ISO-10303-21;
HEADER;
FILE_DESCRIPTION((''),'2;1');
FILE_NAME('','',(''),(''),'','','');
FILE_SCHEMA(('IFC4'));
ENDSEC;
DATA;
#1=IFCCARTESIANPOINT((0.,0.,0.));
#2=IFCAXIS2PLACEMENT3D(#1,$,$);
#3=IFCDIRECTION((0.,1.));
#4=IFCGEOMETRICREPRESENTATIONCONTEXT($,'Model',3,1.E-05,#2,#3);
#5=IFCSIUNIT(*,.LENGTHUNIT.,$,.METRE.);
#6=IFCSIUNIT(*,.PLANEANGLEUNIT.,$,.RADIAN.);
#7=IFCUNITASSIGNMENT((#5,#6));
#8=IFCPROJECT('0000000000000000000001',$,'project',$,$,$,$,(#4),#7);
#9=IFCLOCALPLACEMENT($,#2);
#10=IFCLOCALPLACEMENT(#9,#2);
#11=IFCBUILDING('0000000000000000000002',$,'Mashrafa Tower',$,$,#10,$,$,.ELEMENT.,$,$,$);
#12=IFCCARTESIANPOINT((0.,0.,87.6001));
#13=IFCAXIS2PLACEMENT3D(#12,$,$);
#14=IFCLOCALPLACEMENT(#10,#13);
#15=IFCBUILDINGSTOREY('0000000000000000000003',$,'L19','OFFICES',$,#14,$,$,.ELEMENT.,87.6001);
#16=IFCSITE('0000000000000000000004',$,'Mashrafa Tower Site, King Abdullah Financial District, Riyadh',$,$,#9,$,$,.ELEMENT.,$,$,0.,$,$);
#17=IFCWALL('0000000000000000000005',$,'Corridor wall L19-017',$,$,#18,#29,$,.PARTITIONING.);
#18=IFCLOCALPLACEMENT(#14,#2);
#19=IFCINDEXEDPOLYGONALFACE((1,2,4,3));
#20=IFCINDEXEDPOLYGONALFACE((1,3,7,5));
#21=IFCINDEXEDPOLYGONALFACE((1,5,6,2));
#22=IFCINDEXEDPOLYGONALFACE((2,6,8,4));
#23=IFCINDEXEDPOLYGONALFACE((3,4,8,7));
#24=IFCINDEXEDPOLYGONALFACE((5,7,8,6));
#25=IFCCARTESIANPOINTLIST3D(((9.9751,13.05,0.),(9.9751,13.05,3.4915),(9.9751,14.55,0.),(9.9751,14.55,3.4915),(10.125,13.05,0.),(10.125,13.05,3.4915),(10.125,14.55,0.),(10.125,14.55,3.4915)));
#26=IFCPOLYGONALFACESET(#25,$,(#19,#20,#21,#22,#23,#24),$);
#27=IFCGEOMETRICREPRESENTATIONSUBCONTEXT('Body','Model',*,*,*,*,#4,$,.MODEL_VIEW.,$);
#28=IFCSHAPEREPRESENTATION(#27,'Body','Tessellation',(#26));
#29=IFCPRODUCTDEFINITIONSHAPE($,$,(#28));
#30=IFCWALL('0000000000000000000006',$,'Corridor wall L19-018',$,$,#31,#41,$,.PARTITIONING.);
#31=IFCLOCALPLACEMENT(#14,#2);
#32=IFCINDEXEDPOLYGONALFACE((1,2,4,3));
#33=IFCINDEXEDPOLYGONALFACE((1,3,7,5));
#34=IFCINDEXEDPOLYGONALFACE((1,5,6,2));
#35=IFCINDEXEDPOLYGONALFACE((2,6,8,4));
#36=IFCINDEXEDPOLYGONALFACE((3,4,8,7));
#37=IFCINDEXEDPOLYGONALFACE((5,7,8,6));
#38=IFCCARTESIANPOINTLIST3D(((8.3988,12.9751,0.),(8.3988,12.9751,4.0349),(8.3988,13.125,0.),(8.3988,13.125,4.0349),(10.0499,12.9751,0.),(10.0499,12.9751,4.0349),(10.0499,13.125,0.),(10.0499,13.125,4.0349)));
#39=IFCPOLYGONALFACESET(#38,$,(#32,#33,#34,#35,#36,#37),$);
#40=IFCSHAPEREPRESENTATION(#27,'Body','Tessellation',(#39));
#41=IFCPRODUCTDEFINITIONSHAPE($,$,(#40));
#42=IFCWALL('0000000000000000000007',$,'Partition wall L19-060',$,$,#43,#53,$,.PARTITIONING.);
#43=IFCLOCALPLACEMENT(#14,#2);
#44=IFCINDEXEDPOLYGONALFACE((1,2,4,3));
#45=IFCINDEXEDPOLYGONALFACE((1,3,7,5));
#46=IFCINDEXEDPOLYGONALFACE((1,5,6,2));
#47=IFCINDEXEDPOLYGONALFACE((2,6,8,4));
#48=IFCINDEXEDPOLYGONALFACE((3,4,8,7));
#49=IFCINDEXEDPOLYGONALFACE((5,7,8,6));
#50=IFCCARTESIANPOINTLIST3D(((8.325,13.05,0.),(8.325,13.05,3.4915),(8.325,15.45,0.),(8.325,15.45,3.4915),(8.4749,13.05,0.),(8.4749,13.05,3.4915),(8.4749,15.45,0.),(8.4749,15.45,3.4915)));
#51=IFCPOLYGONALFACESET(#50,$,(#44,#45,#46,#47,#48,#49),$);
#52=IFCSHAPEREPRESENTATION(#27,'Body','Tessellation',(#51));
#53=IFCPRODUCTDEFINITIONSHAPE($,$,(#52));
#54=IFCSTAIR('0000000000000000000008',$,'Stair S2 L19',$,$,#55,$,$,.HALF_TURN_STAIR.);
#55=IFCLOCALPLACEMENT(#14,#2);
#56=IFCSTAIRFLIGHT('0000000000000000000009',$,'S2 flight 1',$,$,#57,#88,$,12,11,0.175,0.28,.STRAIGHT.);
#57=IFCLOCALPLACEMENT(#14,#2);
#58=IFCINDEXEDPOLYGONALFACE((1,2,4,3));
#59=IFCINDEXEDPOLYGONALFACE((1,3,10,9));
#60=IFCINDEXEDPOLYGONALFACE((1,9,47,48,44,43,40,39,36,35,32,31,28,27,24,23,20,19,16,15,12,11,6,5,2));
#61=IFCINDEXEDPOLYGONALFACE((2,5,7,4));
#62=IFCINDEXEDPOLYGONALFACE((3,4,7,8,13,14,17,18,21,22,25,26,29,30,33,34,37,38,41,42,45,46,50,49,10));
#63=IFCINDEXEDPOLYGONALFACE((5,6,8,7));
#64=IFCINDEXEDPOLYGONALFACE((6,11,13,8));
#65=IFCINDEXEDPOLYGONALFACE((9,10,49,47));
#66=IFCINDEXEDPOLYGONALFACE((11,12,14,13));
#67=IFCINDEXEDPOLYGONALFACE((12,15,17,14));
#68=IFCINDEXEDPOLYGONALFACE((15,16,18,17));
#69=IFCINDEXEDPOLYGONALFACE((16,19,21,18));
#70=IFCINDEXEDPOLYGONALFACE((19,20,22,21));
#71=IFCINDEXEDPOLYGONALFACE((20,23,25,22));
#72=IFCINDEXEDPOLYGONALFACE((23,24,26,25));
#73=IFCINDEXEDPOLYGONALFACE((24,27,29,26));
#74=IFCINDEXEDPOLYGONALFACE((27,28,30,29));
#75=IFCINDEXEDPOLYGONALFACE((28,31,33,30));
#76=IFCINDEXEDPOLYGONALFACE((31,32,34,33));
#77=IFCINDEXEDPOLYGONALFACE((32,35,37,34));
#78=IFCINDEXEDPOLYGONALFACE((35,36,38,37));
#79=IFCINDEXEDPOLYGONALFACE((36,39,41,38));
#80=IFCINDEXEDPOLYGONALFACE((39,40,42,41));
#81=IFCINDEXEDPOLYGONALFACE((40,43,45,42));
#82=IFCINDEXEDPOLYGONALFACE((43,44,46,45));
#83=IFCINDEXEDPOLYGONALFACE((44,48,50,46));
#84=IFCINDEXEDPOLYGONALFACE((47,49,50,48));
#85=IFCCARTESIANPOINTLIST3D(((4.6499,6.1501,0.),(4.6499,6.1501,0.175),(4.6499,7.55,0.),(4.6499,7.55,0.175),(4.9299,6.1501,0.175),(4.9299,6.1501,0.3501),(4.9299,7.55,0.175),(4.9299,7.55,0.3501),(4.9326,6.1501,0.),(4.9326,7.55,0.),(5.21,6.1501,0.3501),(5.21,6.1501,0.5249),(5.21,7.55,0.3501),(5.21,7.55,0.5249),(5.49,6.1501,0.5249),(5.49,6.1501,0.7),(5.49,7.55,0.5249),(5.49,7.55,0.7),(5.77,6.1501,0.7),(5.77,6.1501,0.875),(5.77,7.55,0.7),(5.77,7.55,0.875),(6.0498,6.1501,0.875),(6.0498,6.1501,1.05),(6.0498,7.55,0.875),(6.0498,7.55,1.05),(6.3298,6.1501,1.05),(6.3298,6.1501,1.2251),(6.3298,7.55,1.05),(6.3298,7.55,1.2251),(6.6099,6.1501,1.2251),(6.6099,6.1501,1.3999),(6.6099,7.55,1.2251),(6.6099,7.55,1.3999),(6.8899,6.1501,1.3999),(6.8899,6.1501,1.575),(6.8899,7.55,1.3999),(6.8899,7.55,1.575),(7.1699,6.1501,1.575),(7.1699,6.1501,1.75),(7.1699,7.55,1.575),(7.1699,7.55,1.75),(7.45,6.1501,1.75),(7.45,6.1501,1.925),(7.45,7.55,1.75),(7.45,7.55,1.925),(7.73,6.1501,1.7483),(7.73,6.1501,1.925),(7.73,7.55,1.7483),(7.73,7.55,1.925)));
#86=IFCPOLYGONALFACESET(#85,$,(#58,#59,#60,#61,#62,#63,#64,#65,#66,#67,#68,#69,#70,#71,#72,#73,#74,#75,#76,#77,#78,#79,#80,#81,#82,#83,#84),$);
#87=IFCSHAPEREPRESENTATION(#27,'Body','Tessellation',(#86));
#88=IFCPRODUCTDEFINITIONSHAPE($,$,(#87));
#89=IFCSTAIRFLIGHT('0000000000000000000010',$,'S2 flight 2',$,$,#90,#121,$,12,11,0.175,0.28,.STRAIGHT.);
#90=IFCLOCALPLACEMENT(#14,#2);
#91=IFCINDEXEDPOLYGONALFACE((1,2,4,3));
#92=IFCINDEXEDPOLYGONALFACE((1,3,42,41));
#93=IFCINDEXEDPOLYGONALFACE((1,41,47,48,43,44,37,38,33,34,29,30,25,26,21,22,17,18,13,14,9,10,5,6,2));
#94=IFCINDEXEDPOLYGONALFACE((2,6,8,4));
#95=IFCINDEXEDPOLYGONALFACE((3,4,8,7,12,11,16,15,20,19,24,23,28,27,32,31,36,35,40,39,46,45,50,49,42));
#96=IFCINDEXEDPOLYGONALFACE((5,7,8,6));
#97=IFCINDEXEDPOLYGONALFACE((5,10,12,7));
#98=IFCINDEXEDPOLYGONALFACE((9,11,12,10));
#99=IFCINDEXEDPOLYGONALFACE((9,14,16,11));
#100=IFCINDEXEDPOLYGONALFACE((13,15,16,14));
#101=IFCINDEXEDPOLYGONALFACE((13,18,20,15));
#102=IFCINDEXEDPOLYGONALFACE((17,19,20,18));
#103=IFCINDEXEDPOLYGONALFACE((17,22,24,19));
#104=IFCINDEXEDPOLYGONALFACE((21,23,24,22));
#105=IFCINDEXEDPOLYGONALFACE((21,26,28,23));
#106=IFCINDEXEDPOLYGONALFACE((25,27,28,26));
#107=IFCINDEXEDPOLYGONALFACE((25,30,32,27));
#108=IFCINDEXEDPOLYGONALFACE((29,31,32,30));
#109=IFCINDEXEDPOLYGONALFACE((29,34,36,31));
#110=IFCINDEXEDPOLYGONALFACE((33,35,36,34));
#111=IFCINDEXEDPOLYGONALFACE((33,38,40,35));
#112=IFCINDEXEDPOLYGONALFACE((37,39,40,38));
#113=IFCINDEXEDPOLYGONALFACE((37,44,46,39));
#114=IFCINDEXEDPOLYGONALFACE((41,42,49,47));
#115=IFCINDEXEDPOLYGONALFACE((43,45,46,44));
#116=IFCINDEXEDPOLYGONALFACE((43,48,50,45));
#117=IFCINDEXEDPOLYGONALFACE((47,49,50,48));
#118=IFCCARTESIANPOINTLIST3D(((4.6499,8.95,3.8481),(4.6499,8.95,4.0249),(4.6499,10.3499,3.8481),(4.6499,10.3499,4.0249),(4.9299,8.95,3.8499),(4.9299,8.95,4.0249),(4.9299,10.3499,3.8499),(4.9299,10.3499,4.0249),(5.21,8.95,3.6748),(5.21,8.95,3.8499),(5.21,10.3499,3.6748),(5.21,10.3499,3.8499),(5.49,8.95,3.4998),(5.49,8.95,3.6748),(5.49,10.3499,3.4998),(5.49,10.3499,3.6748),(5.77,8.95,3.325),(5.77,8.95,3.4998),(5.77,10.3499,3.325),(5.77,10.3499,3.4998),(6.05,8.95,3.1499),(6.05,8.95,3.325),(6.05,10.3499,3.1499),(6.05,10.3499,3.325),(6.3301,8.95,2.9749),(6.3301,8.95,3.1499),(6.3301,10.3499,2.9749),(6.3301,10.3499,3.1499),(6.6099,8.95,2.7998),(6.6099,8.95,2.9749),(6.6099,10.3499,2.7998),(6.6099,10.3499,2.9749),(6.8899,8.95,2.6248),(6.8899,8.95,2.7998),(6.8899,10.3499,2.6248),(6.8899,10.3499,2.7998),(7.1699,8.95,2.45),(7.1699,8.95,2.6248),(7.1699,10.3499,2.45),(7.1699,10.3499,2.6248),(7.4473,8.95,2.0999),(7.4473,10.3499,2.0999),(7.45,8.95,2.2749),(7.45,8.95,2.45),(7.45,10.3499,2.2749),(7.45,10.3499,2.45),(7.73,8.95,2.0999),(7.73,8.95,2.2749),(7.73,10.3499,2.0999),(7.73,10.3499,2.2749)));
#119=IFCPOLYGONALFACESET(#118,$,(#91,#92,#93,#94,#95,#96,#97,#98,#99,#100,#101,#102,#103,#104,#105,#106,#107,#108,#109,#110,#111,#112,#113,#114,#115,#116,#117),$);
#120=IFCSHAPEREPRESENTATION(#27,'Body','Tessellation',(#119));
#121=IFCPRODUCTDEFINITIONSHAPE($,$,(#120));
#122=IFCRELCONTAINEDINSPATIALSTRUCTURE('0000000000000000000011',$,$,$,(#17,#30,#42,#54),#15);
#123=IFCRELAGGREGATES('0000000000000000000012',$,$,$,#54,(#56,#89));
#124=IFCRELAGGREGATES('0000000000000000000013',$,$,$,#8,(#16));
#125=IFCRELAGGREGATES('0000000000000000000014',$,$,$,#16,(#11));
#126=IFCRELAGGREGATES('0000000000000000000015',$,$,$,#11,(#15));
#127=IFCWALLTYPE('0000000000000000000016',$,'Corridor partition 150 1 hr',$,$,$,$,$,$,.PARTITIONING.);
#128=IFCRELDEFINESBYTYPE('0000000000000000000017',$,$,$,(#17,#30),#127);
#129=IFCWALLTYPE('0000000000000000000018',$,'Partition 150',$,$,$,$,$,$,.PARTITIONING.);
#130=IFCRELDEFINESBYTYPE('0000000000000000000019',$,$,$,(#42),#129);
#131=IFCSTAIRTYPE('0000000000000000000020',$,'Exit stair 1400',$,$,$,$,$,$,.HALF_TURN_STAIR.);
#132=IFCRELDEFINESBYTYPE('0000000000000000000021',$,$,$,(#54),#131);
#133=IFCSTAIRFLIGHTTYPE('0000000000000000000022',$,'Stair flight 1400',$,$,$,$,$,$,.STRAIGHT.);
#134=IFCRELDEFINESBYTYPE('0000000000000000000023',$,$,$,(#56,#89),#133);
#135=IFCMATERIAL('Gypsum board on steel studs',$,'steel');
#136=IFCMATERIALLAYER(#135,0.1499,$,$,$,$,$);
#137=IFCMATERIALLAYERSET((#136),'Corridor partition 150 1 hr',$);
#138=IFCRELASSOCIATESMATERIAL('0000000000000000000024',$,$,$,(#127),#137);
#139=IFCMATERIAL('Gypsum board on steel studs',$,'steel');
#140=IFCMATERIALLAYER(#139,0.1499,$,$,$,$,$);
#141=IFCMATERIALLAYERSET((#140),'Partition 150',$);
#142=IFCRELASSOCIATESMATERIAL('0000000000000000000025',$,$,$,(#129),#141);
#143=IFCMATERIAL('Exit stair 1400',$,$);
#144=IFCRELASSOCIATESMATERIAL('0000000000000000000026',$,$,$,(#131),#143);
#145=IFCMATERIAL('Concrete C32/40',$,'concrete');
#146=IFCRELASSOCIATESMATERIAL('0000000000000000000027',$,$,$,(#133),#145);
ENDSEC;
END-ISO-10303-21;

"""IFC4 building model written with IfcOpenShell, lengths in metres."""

from ifc_helpers import new_model, si_unit, direction, frame, frame_2d, origin, place, context, subcontext, project, spatial, polyline, rectangle, outline, extrude, material, layer, layer_set, type_object, element, aggregate, save


model = new_model("IFC4")

# Units and contexts
model_context = context("Model", 3, precision=1e-05, world=origin(), true_north=direction((0.0, 1.0)))
body_context = subcontext(model_context, "Body", "Model", "MODEL_VIEW")
ifc_project = project(units=[si_unit("LENGTHUNIT", "METRE"), si_unit("PLANEANGLEUNIT", "RADIAN")], contexts=[model_context])

# Site, building, storey
site_placement = place(None, origin())
site = spatial("IfcSite", under=ifc_project, at=site_placement, Name="Mashrafa Tower Site, King Abdullah Financial District, Riyadh", CompositionType="ELEMENT", RefElevation=0.0)
building_placement = place(site_placement, origin())
building = spatial("IfcBuilding", under=site, at=building_placement, Name="Mashrafa Tower", CompositionType="ELEMENT")
storey_placement = place(building_placement, frame((0.0, 0.0, 87.6001)))
storey = spatial("IfcBuildingStorey", under=building, at=storey_placement, Name="L19", Description="OFFICES", CompositionType="ELEMENT", Elevation=87.6001)

# Shared definitions
ifc_material_1 = material(Name="Gypsum board on steel studs", Category="steel")
ifc_layer_1 = layer(ifc_material_1, 0.1499)
ifc_layer_set_1 = layer_set([ifc_layer_1], Name="Corridor partition 150 1 hr")
wall_type_1 = type_object("IfcWallType", Name="Corridor partition 150 1 hr", PredefinedType="PARTITIONING", material=ifc_layer_set_1)

# Walls
wall_1_placement = place(storey_placement, frame((10.05, 14.55, 0.0), z_axis=(0.0, 0.0, 1.0), x_axis=(0.0, -1.0, 0.0)))
element("IfcWall", 1, at=wall_1_placement, inside=storey, type_object=wall_type_1, Name="Corridor wall L19-017", PredefinedType="PARTITIONING", context=body_context, shape_type="SweptSolid", body=[
    extrude(rectangle(XDim=1.5, YDim=0.1499, at=frame_2d((0.75, 0.0))), origin(), (0.0, 0.0, 1.0), 3.4915),
])
wall_2_placement = place(storey_placement, frame((10.05, 13.05, 0.0), z_axis=(0.0, 0.0, 1.0), x_axis=(-1.0, 0.0, 0.0)))
element("IfcWall", 2, at=wall_2_placement, inside=storey, type_object=wall_type_1, Name="Corridor wall L19-018", PredefinedType="PARTITIONING", context=body_context, shape_type="SweptSolid", body=[
    extrude(rectangle(XDim=1.6511, YDim=0.1499, at=frame_2d((0.8257, 0.0))), origin(), (0.0, 0.0, 1.0), 4.0349),
])

# Wall
ifc_material_2 = material(Name="Gypsum board on steel studs", Category="steel")
ifc_layer_2 = layer(ifc_material_2, 0.1499)
ifc_layer_set_2 = layer_set([ifc_layer_2], Name="Partition 150")
wall_type_2 = type_object("IfcWallType", Name="Partition 150", PredefinedType="PARTITIONING", material=ifc_layer_set_2)
wall_3_placement = place(storey_placement, frame((8.3999, 13.05, 0.0), z_axis=(0.0, 0.0, 1.0), x_axis=(0.0, 1.0, 0.0)))
element("IfcWall", 3, at=wall_3_placement, inside=storey, type_object=wall_type_2, Name="Partition wall L19-060", PredefinedType="PARTITIONING", context=body_context, shape_type="SweptSolid", body=[
    extrude(rectangle(XDim=2.3999, YDim=0.1499, at=frame_2d((1.2, 0.0))), origin(), (0.0, 0.0, 1.0), 3.4915),
])

# Stair, stair flights
ifc_material_3 = material(Name="Exit stair 1400")
stair_type = type_object("IfcStairType", Name="Exit stair 1400", PredefinedType="HALF_TURN_STAIR", material=ifc_material_3)
stair_placement = place(storey_placement, origin())
stair = element("IfcStair", 4, at=stair_placement, inside=storey, type_object=stair_type, Name="Stair S2 L19", PredefinedType="HALF_TURN_STAIR")
ifc_material_4 = material(Name="Concrete C32/40", Category="concrete")
stair_flight_type = type_object("IfcStairFlightType", Name="Stair flight 1400", PredefinedType="STRAIGHT", material=ifc_material_4)
stair_flight_1_placement = place(storey_placement, frame((4.6499, 6.8501, 0.0), z_axis=(0.0, 0.0, 1.0), x_axis=(1.0, 0.0, 0.0)))
stair_flight_1 = element("IfcStairFlight", 5, at=stair_flight_1_placement, type_object=stair_flight_type, Name="S2 flight 1", NumberOfRisers=12, NumberOfTreads=11, PredefinedType="STRAIGHT", RiserHeight=0.175, TreadLength=0.28, context=body_context, shape_type="SweptSolid", body=[
    extrude(outline(polyline([(0.0, 0.0), (0.0, 0.175), (0.28, 0.175), (0.28, 0.3501), (0.5601, 0.3501), (0.5601, 0.5249), (0.8401, 0.5249), (0.8401, 0.7), (1.1201, 0.7), (1.1201, 0.875), (1.3999, 0.875), (1.3999, 1.05), (1.6799, 1.05), (1.6799, 1.2251), (1.96, 1.2251), (1.96, 1.3999), (2.24, 1.3999), (2.24, 1.575), (2.52, 1.575), (2.52, 1.75), (2.8, 1.75), (2.8, 1.925), (3.0801, 1.925), (3.0801, 2.1001), (3.0801, 1.7483), (0.2827, 0.0), (0.0, 0.0)])), frame((0.0, 0.7, 0.0), z_axis=(0.0, -1.0, 0.0), x_axis=(1.0, 0.0, 0.0)), (0.0, 0.0, 1.0), 1.3999),
])
stair_flight_2_placement = place(storey_placement, frame((7.73, 9.6499, 2.0999), z_axis=(0.0, 0.0, 1.0), x_axis=(-1.0, 0.0, 0.0)))
stair_flight_2 = element("IfcStairFlight", 6, at=stair_flight_2_placement, type_object=stair_flight_type, Name="S2 flight 2", NumberOfRisers=12, NumberOfTreads=11, PredefinedType="STRAIGHT", RiserHeight=0.175, TreadLength=0.28, context=body_context, shape_type="SweptSolid", body=[
    extrude(outline(polyline([(0.0, 0.0), (0.0, 0.175), (0.28, 0.175), (0.28, 0.3501), (0.5601, 0.3501), (0.5601, 0.5249), (0.8401, 0.5249), (0.8401, 0.7), (1.1201, 0.7), (1.1201, 0.875), (1.3999, 0.875), (1.3999, 1.05), (1.6799, 1.05), (1.6799, 1.2251), (1.96, 1.2251), (1.96, 1.3999), (2.24, 1.3999), (2.24, 1.575), (2.52, 1.575), (2.52, 1.75), (2.8, 1.75), (2.8, 1.925), (3.0801, 1.925), (3.0801, 2.1001), (3.0801, 1.7483), (0.2827, 0.0), (0.0, 0.0)])), frame((0.0, 0.7, 0.0), z_axis=(0.0, -1.0, 0.0), x_axis=(1.0, 0.0, 0.0)), (0.0, 0.0, 1.0), 1.3999),
])
aggregate(stair, [stair_flight_1, stair_flight_2])

save(model, "model.ifc")
